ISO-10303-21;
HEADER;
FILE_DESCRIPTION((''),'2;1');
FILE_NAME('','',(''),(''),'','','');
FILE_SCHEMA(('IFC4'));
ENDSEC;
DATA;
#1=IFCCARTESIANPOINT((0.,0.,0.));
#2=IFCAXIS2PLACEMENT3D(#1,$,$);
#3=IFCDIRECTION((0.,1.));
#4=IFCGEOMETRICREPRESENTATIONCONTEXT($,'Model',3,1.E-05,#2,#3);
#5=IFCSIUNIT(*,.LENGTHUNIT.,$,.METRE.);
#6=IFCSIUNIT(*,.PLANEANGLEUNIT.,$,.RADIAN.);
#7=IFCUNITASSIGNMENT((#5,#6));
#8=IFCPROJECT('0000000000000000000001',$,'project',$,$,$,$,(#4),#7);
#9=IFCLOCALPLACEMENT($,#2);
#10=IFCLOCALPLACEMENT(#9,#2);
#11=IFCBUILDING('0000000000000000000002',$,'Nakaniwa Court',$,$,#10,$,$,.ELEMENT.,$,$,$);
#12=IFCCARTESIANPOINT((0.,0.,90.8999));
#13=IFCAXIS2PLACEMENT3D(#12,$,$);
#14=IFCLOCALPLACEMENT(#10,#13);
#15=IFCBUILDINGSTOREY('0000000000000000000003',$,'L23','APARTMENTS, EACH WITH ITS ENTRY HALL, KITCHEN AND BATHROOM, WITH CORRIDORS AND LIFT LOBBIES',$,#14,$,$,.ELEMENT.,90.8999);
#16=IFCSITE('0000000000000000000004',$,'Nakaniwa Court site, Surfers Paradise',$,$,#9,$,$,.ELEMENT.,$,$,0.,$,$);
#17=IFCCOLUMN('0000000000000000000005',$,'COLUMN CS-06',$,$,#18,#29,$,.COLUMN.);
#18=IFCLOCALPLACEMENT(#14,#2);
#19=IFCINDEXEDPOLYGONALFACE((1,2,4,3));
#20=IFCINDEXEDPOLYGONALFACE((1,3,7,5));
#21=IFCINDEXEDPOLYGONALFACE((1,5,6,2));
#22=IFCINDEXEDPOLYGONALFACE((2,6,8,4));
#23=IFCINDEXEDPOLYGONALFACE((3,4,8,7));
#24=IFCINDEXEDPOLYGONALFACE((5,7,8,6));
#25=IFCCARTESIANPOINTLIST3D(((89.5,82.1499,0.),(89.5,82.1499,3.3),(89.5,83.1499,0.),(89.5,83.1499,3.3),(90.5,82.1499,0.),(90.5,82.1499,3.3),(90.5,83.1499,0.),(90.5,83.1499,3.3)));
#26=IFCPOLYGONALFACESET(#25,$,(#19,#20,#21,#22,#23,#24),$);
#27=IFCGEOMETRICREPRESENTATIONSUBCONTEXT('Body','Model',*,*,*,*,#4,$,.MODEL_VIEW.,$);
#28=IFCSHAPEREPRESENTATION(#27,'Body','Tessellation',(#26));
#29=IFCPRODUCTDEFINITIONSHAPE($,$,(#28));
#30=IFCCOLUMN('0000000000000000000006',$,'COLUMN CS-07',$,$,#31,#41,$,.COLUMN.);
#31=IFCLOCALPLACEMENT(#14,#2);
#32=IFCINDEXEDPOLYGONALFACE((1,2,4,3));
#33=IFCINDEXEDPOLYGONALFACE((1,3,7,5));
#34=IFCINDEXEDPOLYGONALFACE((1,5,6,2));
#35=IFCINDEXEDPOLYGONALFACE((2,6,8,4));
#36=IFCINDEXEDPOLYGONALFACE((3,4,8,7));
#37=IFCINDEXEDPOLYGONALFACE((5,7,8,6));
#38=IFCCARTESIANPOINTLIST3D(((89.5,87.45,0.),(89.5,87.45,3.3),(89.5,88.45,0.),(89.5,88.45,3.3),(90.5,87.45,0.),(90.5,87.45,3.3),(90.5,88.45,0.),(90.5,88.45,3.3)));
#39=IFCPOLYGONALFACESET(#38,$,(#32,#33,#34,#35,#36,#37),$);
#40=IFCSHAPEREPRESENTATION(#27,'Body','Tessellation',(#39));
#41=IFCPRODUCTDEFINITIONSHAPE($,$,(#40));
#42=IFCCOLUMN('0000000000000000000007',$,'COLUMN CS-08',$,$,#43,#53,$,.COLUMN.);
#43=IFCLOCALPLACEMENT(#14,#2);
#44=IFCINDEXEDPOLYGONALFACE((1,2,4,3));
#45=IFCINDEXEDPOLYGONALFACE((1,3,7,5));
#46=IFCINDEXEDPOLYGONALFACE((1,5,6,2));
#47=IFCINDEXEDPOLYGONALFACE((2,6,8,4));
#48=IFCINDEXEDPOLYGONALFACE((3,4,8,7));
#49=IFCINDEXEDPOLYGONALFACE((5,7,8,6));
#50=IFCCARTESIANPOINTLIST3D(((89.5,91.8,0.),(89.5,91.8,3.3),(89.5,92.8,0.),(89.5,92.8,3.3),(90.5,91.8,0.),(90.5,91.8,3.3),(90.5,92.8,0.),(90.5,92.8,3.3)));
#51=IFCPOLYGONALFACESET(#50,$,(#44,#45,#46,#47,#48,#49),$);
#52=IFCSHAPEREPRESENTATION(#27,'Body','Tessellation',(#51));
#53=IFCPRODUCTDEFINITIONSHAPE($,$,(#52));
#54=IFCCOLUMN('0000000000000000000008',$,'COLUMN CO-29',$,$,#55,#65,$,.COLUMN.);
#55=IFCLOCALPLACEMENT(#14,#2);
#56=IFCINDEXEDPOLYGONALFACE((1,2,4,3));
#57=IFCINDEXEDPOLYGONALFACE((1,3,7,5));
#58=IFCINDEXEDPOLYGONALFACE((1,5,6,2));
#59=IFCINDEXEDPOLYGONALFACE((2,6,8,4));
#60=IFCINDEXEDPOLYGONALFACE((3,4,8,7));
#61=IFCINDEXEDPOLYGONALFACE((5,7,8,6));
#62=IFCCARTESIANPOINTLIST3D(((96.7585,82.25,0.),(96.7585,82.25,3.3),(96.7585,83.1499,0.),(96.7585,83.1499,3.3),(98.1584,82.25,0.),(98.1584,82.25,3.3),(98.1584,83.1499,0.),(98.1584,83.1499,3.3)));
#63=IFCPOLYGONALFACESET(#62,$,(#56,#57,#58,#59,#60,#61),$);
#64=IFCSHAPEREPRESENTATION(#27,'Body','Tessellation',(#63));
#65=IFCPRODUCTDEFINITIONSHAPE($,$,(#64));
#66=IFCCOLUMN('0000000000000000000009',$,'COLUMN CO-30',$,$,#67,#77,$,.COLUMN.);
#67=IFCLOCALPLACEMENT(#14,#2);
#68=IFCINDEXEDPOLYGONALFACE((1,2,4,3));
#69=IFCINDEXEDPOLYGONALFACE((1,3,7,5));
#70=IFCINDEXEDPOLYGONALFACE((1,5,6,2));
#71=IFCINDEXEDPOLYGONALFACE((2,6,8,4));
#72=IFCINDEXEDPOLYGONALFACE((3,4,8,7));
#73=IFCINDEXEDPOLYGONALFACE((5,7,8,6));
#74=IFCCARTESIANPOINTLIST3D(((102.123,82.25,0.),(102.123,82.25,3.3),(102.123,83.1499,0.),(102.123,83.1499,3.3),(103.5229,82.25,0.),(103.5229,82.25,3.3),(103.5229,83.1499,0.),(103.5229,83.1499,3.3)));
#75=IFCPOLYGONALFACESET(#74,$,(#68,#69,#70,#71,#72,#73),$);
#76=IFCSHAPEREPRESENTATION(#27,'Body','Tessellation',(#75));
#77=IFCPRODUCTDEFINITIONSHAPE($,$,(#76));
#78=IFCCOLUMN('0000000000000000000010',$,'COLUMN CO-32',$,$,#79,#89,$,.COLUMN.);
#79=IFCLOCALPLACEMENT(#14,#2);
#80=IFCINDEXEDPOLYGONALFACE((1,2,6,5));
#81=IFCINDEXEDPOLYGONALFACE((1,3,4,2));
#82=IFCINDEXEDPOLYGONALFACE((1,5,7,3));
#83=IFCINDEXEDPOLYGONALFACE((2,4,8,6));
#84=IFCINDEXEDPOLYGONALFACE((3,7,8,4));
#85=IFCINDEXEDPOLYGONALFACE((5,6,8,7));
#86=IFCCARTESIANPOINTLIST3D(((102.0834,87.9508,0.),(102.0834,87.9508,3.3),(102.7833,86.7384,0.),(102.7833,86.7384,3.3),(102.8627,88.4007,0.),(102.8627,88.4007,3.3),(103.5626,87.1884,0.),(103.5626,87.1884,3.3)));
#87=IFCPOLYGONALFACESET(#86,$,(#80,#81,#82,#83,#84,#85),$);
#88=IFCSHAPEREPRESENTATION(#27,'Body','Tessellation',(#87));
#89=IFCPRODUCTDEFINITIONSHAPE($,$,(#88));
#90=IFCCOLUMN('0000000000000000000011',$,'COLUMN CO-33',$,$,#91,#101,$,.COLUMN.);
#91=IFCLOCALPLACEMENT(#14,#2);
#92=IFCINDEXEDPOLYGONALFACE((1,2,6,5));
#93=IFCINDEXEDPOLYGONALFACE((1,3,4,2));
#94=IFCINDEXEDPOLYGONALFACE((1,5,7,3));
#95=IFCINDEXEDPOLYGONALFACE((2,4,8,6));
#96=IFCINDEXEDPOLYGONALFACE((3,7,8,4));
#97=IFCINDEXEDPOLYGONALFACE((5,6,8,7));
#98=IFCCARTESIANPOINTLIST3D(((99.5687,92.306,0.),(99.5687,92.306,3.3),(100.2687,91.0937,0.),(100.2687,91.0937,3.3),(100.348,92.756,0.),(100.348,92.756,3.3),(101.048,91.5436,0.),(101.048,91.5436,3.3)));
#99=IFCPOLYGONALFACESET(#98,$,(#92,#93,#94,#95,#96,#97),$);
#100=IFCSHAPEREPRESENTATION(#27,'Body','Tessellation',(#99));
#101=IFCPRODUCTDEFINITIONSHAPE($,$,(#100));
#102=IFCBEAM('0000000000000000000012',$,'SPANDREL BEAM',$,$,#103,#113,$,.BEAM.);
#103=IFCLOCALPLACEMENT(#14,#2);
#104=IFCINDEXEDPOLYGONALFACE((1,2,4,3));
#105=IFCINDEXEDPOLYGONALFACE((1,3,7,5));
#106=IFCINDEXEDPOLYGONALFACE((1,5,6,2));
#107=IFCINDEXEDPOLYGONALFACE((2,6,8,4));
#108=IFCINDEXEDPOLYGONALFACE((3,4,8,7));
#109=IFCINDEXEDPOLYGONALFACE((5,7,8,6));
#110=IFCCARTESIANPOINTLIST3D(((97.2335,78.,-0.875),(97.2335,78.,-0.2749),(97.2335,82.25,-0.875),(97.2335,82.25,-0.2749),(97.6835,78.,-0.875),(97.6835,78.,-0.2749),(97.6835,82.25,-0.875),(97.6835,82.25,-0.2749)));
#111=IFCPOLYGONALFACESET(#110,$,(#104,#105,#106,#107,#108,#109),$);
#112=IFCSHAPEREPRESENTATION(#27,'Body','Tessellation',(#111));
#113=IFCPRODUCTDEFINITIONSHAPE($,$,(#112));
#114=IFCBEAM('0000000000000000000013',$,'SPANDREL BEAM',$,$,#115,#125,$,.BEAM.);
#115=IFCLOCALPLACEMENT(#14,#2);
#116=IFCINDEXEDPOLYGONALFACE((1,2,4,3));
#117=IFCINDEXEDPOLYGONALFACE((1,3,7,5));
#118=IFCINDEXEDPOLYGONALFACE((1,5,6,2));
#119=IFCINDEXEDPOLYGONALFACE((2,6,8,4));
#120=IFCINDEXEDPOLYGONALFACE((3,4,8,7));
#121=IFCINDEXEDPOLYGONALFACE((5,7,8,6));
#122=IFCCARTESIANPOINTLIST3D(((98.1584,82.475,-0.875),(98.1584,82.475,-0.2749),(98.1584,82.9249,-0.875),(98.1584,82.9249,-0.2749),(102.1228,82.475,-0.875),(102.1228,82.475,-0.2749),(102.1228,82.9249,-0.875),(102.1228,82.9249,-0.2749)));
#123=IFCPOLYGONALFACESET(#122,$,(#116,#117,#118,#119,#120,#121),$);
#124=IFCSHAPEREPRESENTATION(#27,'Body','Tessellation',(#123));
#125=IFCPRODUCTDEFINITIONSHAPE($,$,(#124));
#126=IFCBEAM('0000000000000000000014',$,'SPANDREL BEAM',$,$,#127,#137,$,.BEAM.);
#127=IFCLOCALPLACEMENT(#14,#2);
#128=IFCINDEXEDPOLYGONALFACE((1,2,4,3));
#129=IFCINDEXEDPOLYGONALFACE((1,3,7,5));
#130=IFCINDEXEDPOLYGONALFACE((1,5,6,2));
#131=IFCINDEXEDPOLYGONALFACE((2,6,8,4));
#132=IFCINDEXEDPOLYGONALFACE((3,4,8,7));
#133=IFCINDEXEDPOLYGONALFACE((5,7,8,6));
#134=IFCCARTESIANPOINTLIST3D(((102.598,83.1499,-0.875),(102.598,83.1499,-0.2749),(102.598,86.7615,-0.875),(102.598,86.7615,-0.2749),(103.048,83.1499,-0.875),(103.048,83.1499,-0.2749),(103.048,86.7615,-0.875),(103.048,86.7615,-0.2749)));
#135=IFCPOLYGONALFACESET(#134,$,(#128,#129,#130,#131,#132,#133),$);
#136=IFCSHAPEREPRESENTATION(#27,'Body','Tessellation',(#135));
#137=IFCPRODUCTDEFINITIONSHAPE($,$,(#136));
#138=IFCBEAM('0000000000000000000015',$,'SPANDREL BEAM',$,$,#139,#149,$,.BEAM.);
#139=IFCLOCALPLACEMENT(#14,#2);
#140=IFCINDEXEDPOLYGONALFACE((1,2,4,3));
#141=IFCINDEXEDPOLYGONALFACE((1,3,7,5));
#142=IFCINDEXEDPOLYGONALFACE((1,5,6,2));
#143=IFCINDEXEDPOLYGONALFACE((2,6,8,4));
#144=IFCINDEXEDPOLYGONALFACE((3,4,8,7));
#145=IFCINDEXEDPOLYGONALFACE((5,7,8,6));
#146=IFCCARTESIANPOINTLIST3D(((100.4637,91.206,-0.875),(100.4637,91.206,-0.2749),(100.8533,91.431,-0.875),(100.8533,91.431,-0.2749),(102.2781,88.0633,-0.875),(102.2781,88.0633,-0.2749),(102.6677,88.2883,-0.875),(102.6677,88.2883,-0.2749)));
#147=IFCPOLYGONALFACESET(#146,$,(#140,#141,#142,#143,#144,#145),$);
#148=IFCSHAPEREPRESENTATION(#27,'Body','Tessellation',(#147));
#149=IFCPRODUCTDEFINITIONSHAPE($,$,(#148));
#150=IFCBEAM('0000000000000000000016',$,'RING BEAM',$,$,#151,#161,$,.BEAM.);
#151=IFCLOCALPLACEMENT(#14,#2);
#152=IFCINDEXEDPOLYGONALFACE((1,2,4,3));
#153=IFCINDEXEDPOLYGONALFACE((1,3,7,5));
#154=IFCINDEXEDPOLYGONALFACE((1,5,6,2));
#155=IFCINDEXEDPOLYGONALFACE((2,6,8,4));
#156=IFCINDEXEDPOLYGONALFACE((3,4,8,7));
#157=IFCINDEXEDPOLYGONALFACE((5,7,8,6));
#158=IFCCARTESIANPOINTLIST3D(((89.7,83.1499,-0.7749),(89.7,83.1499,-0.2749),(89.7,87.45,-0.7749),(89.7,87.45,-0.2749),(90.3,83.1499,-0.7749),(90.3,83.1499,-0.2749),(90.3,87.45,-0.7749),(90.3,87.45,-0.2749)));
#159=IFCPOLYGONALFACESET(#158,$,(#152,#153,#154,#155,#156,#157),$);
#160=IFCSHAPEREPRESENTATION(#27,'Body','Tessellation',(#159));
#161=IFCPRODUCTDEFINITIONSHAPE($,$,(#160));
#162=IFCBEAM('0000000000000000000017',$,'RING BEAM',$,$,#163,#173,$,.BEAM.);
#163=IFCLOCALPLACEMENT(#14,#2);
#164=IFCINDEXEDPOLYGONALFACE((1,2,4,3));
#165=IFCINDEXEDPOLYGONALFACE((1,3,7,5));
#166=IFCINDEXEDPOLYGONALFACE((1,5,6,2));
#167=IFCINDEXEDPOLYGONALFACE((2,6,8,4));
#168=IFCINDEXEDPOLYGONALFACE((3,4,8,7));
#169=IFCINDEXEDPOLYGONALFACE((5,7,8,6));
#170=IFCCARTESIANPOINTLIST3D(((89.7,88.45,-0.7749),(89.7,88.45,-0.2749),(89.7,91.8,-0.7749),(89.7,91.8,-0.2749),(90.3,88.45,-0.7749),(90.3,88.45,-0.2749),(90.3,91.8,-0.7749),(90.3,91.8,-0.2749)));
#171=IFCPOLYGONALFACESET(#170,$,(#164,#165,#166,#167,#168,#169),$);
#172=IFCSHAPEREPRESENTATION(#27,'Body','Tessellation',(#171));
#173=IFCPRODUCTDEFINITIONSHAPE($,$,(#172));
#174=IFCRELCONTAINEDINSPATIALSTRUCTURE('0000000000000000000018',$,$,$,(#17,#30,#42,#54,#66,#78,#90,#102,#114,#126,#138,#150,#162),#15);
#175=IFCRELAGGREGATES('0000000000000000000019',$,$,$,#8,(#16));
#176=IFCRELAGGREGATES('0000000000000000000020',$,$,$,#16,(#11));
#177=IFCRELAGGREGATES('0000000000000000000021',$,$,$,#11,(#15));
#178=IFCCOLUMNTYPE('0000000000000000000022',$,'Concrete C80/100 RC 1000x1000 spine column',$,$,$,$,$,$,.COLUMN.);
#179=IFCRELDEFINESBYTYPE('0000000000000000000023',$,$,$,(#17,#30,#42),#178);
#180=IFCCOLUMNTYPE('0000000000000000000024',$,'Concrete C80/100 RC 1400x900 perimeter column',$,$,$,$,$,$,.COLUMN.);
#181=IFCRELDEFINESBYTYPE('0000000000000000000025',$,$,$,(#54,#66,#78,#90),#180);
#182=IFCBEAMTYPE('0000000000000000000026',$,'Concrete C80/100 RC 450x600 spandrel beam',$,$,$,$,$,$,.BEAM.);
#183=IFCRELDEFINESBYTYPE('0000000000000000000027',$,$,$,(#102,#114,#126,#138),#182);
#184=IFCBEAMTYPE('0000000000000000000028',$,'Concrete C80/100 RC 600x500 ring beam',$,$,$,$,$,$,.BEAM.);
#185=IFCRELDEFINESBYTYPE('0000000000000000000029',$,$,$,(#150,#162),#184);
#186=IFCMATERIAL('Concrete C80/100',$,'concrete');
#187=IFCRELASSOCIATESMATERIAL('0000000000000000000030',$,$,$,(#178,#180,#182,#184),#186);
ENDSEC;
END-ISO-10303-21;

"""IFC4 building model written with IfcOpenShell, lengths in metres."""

from ifc_helpers import new_model, si_unit, direction, frame, origin, origin_2d, place, context, subcontext, project, spatial, rectangle, extrude, material, material_profile, profile_set, type_object, element, save


model = new_model("IFC4")

# Units and contexts
model_context = context("Model", 3, precision=1e-05, world=origin(), true_north=direction((0.0, 1.0)))
body_context = subcontext(model_context, "Body", "Model", "MODEL_VIEW")
ifc_project = project(units=[si_unit("LENGTHUNIT", "METRE"), si_unit("PLANEANGLEUNIT", "RADIAN")], contexts=[model_context])

# Site, building, storey
site_placement = place(None, origin())
site = spatial("IfcSite", under=ifc_project, at=site_placement, Name="Nakaniwa Court site, Surfers Paradise", CompositionType="ELEMENT", RefElevation=0.0)
building_placement = place(site_placement, origin())
building = spatial("IfcBuilding", under=site, at=building_placement, Name="Nakaniwa Court", CompositionType="ELEMENT")
storey_placement = place(building_placement, frame((0.0, 0.0, 90.8999)))
storey = spatial("IfcBuildingStorey", under=building, at=storey_placement, Name="L23", Description="APARTMENTS, EACH WITH ITS ENTRY HALL, KITCHEN AND BATHROOM, WITH CORRIDORS AND LIFT LOBBIES", CompositionType="ELEMENT", Elevation=90.8999)

# Columns
ifc_material_1 = material(Name="Concrete C80/100", Category="concrete")
ifc_material_profile_1 = material_profile(ifc_material_1, rectangle(XDim=1.0, YDim=1.0, at=origin_2d()), Name="Concrete C80/100 RC 1000x1000 spine column")
ifc_profile_set_1 = profile_set([ifc_material_profile_1], Name="Concrete C80/100")
column_type_1 = type_object("IfcColumnType", Name="Concrete C80/100 RC 1000x1000 spine column", PredefinedType="COLUMN", material=ifc_profile_set_1)
for number, where, z_axis, x_axis, name in (
    (1, (90.0, 82.6499, 0.0), (0.0, 0.0, 1.0), (0.0, 1.0, 0.0), "COLUMN CS-06"),
    (2, (90.0, 87.95, 0.0), (0.0, 0.0, 1.0), (0.0, 1.0, 0.0), "COLUMN CS-07"),
    (3, (90.0, 92.3, 0.0), (0.0, 0.0, 1.0), (0.0, 1.0, 0.0), "COLUMN CS-08"),
):
    element("IfcColumn", number, at=place(storey_placement, frame(where, z_axis=z_axis, x_axis=x_axis)), inside=storey, type_object=column_type_1, Name=name, PredefinedType="COLUMN", context=body_context, shape_type="SweptSolid", body=[
        extrude(rectangle(XDim=1.0, YDim=1.0, at=origin_2d()), origin(), (0.0, 0.0, 1.0), 3.3),
    ])
ifc_material_profile_2 = material_profile(ifc_material_1, rectangle(XDim=1.3999, YDim=0.8999, at=origin_2d()), Name="Concrete C80/100 RC 1400x900 perimeter column")
ifc_profile_set_2 = profile_set([ifc_material_profile_2], Name="Concrete C80/100")
column_type_2 = type_object("IfcColumnType", Name="Concrete C80/100 RC 1400x900 perimeter column", PredefinedType="COLUMN", material=ifc_profile_set_2)
for number, where, z_axis, x_axis, name in (
    (4, (97.4585, 82.7, 0.0), (0.0, 0.0, 1.0), (1.0, 0.0, 0.0), "COLUMN CO-29"),
    (5, (102.823, 82.7, 0.0), (0.0, 0.0, 1.0), (1.0, 0.0, 0.0), "COLUMN CO-30"),
    (6, (102.823, 87.5696, 0.0), (0.0, 0.0, 1.0), (-0.5, 0.866025, 0.0), "COLUMN CO-32"),
    (7, (100.3083, 91.9248, 0.0), (0.0, 0.0, 1.0), (-0.5, 0.866025, 0.0), "COLUMN CO-33"),
):
    element("IfcColumn", number, at=place(storey_placement, frame(where, z_axis=z_axis, x_axis=x_axis)), inside=storey, type_object=column_type_2, Name=name, PredefinedType="COLUMN", context=body_context, shape_type="SweptSolid", body=[
        extrude(rectangle(XDim=1.3999, YDim=0.8999, at=origin_2d()), origin(), (0.0, 0.0, 1.0), 3.3),
    ])

# Beams
ifc_material_profile_3 = material_profile(ifc_material_1, rectangle(XDim=0.45, YDim=0.6001, at=origin_2d()), Name="Concrete C80/100 RC 450x600 spandrel beam")
ifc_profile_set_3 = profile_set([ifc_material_profile_3], Name="Concrete C80/100")
beam_type_1 = type_object("IfcBeamType", Name="Concrete C80/100 RC 450x600 spandrel beam", PredefinedType="BEAM", material=ifc_profile_set_3)
beam_1_placement = place(storey_placement, frame((97.4585, 78.0, -0.575), z_axis=(0.0, 1.0, 0.0), x_axis=(-1.0, 0.0, 0.0)))
element("IfcBeam", 8, at=beam_1_placement, inside=storey, type_object=beam_type_1, Name="SPANDREL BEAM", PredefinedType="BEAM", context=body_context, shape_type="SweptSolid", body=[
    extrude(rectangle(XDim=0.45, YDim=0.6001, at=origin_2d()), origin(), (0.0, 0.0, 1.0), 4.25),
])
beam_2_placement = place(storey_placement, frame((98.1584, 82.7, -0.575), z_axis=(1.0, 0.0, 0.0), x_axis=(0.0, 1.0, 0.0)))
element("IfcBeam", 9, at=beam_2_placement, inside=storey, type_object=beam_type_1, Name="SPANDREL BEAM", PredefinedType="BEAM", context=body_context, shape_type="SweptSolid", body=[
    extrude(rectangle(XDim=0.45, YDim=0.6001, at=origin_2d()), origin(), (0.0, 0.0, 1.0), 3.9644),
])
beam_3_placement = place(storey_placement, frame((102.823, 83.1499, -0.575), z_axis=(0.0, 1.0, 0.0), x_axis=(-1.0, 0.0, 0.0)))
element("IfcBeam", 10, at=beam_3_placement, inside=storey, type_object=beam_type_1, Name="SPANDREL BEAM", PredefinedType="BEAM", context=body_context, shape_type="SweptSolid", body=[
    extrude(rectangle(XDim=0.45, YDim=0.6001, at=origin_2d()), origin(), (0.0, 0.0, 1.0), 3.6116),
])
beam_4_placement = place(storey_placement, frame((102.4729, 88.1758, -0.575), z_axis=(-0.499988, 0.866032, 0.0), x_axis=(-0.866032, -0.499988, 0.0)))
element("IfcBeam", 11, at=beam_4_placement, inside=storey, type_object=beam_type_1, Name="SPANDREL BEAM", PredefinedType="BEAM", context=body_context, shape_type="SweptSolid", body=[
    extrude(rectangle(XDim=0.45, YDim=0.6001, at=origin_2d()), origin(), (0.0, 0.0, 1.0), 3.6289),
])
ifc_material_profile_4 = material_profile(ifc_material_1, rectangle(XDim=0.6001, YDim=0.5, at=origin_2d()), Name="Concrete C80/100 RC 600x500 ring beam")
ifc_profile_set_4 = profile_set([ifc_material_profile_4], Name="Concrete C80/100")
beam_type_2 = type_object("IfcBeamType", Name="Concrete C80/100 RC 600x500 ring beam", PredefinedType="BEAM", material=ifc_profile_set_4)
beam_5_placement = place(storey_placement, frame((90.0, 83.1499, -0.5249), z_axis=(0.0, 1.0, 0.0), x_axis=(-1.0, 0.0, 0.0)))
element("IfcBeam", 12, at=beam_5_placement, inside=storey, type_object=beam_type_2, Name="RING BEAM", PredefinedType="BEAM", context=body_context, shape_type="SweptSolid", body=[
    extrude(rectangle(XDim=0.6001, YDim=0.5, at=origin_2d()), origin(), (0.0, 0.0, 1.0), 4.3),
])
beam_6_placement = place(storey_placement, frame((90.0, 88.45, -0.5249), z_axis=(0.0, 1.0, 0.0), x_axis=(-1.0, 0.0, 0.0)))
element("IfcBeam", 13, at=beam_6_placement, inside=storey, type_object=beam_type_2, Name="RING BEAM", PredefinedType="BEAM", context=body_context, shape_type="SweptSolid", body=[
    extrude(rectangle(XDim=0.6001, YDim=0.5, at=origin_2d()), origin(), (0.0, 0.0, 1.0), 3.3501),
])

save(model, "model.ifc")
